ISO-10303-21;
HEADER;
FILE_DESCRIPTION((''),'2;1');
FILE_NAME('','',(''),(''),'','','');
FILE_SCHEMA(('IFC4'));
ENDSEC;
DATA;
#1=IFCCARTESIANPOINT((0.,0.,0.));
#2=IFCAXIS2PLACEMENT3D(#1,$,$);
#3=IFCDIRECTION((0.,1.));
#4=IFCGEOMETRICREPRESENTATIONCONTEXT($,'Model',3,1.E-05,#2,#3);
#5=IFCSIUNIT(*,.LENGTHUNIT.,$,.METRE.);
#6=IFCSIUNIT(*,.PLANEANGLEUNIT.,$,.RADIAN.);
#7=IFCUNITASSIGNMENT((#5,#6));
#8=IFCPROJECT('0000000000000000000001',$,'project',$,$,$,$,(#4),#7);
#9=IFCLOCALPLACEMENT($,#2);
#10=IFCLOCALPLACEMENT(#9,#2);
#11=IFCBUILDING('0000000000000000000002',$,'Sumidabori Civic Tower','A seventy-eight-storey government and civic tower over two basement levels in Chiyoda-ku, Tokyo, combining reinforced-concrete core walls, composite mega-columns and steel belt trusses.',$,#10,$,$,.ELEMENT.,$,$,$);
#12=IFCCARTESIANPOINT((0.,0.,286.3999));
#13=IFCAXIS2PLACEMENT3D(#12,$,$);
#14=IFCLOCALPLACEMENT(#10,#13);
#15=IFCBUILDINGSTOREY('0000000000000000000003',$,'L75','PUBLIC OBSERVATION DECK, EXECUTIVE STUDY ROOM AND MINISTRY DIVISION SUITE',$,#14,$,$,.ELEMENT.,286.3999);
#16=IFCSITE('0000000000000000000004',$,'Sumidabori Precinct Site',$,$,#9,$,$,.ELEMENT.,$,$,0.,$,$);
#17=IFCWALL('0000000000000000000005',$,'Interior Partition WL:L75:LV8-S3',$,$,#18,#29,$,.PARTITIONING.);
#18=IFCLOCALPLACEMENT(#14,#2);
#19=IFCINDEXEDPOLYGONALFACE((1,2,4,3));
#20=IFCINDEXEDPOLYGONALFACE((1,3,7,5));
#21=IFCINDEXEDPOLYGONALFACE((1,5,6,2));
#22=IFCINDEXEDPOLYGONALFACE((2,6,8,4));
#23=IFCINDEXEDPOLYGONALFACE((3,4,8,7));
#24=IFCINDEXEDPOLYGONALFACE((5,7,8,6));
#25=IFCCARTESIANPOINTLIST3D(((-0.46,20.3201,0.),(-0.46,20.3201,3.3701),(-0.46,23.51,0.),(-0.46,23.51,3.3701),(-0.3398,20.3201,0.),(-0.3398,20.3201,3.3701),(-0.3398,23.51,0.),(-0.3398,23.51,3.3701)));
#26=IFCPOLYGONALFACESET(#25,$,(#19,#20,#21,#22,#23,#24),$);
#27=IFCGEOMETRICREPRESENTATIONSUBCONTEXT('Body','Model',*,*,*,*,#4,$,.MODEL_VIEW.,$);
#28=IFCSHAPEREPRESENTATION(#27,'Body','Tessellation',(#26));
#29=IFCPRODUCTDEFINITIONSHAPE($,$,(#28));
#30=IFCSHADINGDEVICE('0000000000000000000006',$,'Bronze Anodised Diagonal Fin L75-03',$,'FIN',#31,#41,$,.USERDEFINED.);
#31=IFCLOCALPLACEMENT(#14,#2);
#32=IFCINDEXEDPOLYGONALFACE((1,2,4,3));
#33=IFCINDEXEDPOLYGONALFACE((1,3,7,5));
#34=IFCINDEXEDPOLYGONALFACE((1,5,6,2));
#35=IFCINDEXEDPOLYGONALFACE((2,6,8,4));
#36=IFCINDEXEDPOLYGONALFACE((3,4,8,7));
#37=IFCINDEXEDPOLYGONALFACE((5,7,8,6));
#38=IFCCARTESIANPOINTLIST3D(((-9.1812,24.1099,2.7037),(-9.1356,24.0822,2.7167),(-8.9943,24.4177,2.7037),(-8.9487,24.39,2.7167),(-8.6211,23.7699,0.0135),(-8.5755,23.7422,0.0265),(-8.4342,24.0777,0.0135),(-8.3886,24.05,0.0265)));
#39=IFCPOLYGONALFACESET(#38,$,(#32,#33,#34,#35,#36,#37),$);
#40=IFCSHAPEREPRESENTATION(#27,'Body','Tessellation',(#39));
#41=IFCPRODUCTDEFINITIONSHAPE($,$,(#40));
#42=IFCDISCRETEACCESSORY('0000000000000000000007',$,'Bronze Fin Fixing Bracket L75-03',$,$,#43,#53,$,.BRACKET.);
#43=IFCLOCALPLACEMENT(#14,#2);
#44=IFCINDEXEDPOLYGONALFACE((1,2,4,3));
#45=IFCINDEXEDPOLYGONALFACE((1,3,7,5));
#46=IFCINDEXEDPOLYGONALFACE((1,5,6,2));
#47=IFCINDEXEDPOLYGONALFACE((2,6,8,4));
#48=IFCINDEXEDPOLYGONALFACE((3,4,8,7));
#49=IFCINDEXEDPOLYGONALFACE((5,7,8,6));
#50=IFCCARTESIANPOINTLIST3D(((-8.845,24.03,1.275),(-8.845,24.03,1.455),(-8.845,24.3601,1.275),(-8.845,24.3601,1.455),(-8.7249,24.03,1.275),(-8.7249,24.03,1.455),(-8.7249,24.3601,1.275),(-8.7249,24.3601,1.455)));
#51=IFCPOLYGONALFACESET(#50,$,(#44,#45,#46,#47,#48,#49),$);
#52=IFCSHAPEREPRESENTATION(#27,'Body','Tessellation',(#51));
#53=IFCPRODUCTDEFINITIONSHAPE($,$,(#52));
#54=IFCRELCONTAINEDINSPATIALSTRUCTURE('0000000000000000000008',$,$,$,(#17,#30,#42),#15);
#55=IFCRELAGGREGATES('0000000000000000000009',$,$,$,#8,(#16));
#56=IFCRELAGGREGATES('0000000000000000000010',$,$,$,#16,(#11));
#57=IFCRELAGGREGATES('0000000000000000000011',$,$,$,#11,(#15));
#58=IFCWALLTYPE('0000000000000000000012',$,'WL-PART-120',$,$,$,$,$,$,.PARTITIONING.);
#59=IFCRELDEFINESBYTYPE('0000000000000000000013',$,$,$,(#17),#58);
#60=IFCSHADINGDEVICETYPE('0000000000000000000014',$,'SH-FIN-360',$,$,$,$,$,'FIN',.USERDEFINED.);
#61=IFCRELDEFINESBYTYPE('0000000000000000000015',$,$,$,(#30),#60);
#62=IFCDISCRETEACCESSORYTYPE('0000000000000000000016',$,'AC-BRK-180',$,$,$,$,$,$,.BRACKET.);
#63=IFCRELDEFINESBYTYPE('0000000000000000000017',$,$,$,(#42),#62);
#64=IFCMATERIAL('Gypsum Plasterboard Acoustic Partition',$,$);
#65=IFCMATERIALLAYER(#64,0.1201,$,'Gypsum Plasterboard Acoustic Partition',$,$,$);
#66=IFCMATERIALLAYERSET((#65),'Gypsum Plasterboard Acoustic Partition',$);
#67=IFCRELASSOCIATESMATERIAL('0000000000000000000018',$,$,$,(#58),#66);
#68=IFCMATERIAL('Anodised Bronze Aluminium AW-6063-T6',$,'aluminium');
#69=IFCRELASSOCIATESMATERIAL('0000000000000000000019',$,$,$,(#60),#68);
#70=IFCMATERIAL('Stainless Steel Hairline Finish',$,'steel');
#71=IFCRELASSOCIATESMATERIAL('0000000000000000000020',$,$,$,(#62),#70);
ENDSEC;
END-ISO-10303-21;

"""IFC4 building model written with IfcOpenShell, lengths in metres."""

from ifc_helpers import new_model, si_unit, direction, frame, frame_2d, origin, origin_2d, place, context, subcontext, project, spatial, rectangle, extrude, source, transform, mapped, material, layer, layer_set, material_profile, profile_set, type_object, element, save


model = new_model("IFC4")

# Units and contexts
model_context = context("Model", 3, precision=1e-05, world=origin(), true_north=direction((0.0, 1.0)))
body_context = subcontext(model_context, "Body", "Model", "MODEL_VIEW")
ifc_project = project(units=[si_unit("LENGTHUNIT", "METRE"), si_unit("PLANEANGLEUNIT", "RADIAN")], contexts=[model_context])

# Site, building, storey
site_placement = place(None, origin())
site = spatial("IfcSite", under=ifc_project, at=site_placement, Name="Sumidabori Precinct Site", CompositionType="ELEMENT", RefElevation=0.0)
building_placement = place(site_placement, origin())
building = spatial("IfcBuilding", under=site, at=building_placement, Name="Sumidabori Civic Tower", Description="A seventy-eight-storey government and civic tower over two basement levels in Chiyoda-ku, Tokyo, combining reinforced-concrete core walls, composite mega-columns and steel belt trusses.", CompositionType="ELEMENT")
storey_placement = place(building_placement, frame((0.0, 0.0, 286.3999)))
storey = spatial("IfcBuildingStorey", under=building, at=storey_placement, Name="L75", Description="PUBLIC OBSERVATION DECK, EXECUTIVE STUDY ROOM AND MINISTRY DIVISION SUITE", CompositionType="ELEMENT", Elevation=286.3999)

# Shared definitions
ifc_material_1 = material(Name="Anodised Bronze Aluminium AW-6063-T6", Category="aluminium")

# Shared definitions
ifc_material_2 = material(Name="Gypsum Plasterboard Acoustic Partition")

# Wall
ifc_layer_1 = layer(ifc_material_2, 0.1201, Name="Gypsum Plasterboard Acoustic Partition")
ifc_layer_set_1 = layer_set([ifc_layer_1], Name="Gypsum Plasterboard Acoustic Partition")
wall_type_1 = type_object("IfcWallType", Name="WL-PART-120", PredefinedType="PARTITIONING", material=ifc_layer_set_1)
shared_shape_1 = source(origin(), body_context, "Body", "SweptSolid", [
    extrude(rectangle(XDim=3.1899, YDim=0.1201, at=frame_2d((1.595, 0.0))), origin(), (0.0, 0.0, 1.0), 3.3701),
])
for number, where, z_axis, x_axis, name in (
    (1, (-0.3999, 20.3201, 0.0), (0.0, 0.0, 1.0), (0.0, 1.0, 0.0), "Interior Partition WL:L75:LV8-S3"),
):
    element("IfcWall", number, at=place(storey_placement, frame(where, z_axis=z_axis, x_axis=x_axis)), inside=storey, type_object=wall_type_1, Name=name, PredefinedType="PARTITIONING", context=body_context, shape_type="MappedRepresentation", body=[
        mapped(shared_shape_1, transform((0.0, 0.0, 0.0), x_axis=(1.0, 0.0, 0.0), y_axis=(0.0, 1.0, 0.0), z_axis=(0.0, 0.0, 1.0), scale=1.0)),
    ])

# Shading device
ifc_material_profile_1 = material_profile(ifc_material_1, rectangle(XDim=0.0549, YDim=0.3601, at=origin_2d()), Name="BRONZE FIN 360x55")
ifc_profile_set_1 = profile_set([ifc_material_profile_1], Name="Anodised Bronze Aluminium AW-6063-T6")
shading_device_type = type_object("IfcShadingDeviceType", Name="SH-FIN-360", ElementType="FIN", PredefinedType="USERDEFINED", material=ifc_profile_set_1)
shared_shape_2 = source(origin(), body_context, "Body", "SweptSolid", [
    extrude(rectangle(XDim=0.0549, YDim=0.3601, at=origin_2d()), origin(), (0.0, 0.0, 1.0), 2.7688),
])
shading_device_placement = place(storey_placement, frame((-8.5049, 23.9099, 0.02), z_axis=(-0.202273, 0.122827, 0.971596), x_axis=(0.830474, -0.504294, 0.236645)))
element("IfcShadingDevice", 2, at=shading_device_placement, inside=storey, type_object=shading_device_type, Name="Bronze Anodised Diagonal Fin L75-03", ObjectType="FIN", PredefinedType="USERDEFINED", context=body_context, shape_type="MappedRepresentation", body=[
    mapped(shared_shape_2, transform((0.0, 0.0, 0.0), x_axis=(1.0, 0.0, 0.0), y_axis=(0.0, 1.0, 0.0), z_axis=(0.0, 0.0, 1.0), scale=1.0)),
])

# Discrete accessory
ifc_material_3 = material(Name="Stainless Steel Hairline Finish", Category="steel")
ifc_material_profile_2 = material_profile(ifc_material_3, rectangle(XDim=0.1201, YDim=0.1799, at=origin_2d()), Name="STEEL BRACKET 180x120")
ifc_profile_set_2 = profile_set([ifc_material_profile_2], Name="Stainless Steel Hairline Finish")
discrete_accessory_type = type_object("IfcDiscreteAccessoryType", Name="AC-BRK-180", PredefinedType="BRACKET", material=ifc_profile_set_2)
shared_shape_3 = source(origin(), body_context, "Body", "SweptSolid", [
    extrude(rectangle(XDim=0.1201, YDim=0.1799, at=origin_2d()), origin(), (0.0, 0.0, 1.0), 0.3301),
])
discrete_accessory_placement = place(storey_placement, frame((-8.7849, 24.03, 1.365), z_axis=(0.0, 1.0, 0.0), x_axis=(-1.0, 0.0, 0.0)))
element("IfcDiscreteAccessory", 3, at=discrete_accessory_placement, inside=storey, type_object=discrete_accessory_type, Name="Bronze Fin Fixing Bracket L75-03", PredefinedType="BRACKET", context=body_context, shape_type="MappedRepresentation", body=[
    mapped(shared_shape_3, transform((0.0, 0.0, 0.0), x_axis=(1.0, 0.0, 0.0), y_axis=(0.0, 1.0, 0.0), z_axis=(0.0, 0.0, 1.0), scale=1.0)),
])

save(model, "model.ifc")
